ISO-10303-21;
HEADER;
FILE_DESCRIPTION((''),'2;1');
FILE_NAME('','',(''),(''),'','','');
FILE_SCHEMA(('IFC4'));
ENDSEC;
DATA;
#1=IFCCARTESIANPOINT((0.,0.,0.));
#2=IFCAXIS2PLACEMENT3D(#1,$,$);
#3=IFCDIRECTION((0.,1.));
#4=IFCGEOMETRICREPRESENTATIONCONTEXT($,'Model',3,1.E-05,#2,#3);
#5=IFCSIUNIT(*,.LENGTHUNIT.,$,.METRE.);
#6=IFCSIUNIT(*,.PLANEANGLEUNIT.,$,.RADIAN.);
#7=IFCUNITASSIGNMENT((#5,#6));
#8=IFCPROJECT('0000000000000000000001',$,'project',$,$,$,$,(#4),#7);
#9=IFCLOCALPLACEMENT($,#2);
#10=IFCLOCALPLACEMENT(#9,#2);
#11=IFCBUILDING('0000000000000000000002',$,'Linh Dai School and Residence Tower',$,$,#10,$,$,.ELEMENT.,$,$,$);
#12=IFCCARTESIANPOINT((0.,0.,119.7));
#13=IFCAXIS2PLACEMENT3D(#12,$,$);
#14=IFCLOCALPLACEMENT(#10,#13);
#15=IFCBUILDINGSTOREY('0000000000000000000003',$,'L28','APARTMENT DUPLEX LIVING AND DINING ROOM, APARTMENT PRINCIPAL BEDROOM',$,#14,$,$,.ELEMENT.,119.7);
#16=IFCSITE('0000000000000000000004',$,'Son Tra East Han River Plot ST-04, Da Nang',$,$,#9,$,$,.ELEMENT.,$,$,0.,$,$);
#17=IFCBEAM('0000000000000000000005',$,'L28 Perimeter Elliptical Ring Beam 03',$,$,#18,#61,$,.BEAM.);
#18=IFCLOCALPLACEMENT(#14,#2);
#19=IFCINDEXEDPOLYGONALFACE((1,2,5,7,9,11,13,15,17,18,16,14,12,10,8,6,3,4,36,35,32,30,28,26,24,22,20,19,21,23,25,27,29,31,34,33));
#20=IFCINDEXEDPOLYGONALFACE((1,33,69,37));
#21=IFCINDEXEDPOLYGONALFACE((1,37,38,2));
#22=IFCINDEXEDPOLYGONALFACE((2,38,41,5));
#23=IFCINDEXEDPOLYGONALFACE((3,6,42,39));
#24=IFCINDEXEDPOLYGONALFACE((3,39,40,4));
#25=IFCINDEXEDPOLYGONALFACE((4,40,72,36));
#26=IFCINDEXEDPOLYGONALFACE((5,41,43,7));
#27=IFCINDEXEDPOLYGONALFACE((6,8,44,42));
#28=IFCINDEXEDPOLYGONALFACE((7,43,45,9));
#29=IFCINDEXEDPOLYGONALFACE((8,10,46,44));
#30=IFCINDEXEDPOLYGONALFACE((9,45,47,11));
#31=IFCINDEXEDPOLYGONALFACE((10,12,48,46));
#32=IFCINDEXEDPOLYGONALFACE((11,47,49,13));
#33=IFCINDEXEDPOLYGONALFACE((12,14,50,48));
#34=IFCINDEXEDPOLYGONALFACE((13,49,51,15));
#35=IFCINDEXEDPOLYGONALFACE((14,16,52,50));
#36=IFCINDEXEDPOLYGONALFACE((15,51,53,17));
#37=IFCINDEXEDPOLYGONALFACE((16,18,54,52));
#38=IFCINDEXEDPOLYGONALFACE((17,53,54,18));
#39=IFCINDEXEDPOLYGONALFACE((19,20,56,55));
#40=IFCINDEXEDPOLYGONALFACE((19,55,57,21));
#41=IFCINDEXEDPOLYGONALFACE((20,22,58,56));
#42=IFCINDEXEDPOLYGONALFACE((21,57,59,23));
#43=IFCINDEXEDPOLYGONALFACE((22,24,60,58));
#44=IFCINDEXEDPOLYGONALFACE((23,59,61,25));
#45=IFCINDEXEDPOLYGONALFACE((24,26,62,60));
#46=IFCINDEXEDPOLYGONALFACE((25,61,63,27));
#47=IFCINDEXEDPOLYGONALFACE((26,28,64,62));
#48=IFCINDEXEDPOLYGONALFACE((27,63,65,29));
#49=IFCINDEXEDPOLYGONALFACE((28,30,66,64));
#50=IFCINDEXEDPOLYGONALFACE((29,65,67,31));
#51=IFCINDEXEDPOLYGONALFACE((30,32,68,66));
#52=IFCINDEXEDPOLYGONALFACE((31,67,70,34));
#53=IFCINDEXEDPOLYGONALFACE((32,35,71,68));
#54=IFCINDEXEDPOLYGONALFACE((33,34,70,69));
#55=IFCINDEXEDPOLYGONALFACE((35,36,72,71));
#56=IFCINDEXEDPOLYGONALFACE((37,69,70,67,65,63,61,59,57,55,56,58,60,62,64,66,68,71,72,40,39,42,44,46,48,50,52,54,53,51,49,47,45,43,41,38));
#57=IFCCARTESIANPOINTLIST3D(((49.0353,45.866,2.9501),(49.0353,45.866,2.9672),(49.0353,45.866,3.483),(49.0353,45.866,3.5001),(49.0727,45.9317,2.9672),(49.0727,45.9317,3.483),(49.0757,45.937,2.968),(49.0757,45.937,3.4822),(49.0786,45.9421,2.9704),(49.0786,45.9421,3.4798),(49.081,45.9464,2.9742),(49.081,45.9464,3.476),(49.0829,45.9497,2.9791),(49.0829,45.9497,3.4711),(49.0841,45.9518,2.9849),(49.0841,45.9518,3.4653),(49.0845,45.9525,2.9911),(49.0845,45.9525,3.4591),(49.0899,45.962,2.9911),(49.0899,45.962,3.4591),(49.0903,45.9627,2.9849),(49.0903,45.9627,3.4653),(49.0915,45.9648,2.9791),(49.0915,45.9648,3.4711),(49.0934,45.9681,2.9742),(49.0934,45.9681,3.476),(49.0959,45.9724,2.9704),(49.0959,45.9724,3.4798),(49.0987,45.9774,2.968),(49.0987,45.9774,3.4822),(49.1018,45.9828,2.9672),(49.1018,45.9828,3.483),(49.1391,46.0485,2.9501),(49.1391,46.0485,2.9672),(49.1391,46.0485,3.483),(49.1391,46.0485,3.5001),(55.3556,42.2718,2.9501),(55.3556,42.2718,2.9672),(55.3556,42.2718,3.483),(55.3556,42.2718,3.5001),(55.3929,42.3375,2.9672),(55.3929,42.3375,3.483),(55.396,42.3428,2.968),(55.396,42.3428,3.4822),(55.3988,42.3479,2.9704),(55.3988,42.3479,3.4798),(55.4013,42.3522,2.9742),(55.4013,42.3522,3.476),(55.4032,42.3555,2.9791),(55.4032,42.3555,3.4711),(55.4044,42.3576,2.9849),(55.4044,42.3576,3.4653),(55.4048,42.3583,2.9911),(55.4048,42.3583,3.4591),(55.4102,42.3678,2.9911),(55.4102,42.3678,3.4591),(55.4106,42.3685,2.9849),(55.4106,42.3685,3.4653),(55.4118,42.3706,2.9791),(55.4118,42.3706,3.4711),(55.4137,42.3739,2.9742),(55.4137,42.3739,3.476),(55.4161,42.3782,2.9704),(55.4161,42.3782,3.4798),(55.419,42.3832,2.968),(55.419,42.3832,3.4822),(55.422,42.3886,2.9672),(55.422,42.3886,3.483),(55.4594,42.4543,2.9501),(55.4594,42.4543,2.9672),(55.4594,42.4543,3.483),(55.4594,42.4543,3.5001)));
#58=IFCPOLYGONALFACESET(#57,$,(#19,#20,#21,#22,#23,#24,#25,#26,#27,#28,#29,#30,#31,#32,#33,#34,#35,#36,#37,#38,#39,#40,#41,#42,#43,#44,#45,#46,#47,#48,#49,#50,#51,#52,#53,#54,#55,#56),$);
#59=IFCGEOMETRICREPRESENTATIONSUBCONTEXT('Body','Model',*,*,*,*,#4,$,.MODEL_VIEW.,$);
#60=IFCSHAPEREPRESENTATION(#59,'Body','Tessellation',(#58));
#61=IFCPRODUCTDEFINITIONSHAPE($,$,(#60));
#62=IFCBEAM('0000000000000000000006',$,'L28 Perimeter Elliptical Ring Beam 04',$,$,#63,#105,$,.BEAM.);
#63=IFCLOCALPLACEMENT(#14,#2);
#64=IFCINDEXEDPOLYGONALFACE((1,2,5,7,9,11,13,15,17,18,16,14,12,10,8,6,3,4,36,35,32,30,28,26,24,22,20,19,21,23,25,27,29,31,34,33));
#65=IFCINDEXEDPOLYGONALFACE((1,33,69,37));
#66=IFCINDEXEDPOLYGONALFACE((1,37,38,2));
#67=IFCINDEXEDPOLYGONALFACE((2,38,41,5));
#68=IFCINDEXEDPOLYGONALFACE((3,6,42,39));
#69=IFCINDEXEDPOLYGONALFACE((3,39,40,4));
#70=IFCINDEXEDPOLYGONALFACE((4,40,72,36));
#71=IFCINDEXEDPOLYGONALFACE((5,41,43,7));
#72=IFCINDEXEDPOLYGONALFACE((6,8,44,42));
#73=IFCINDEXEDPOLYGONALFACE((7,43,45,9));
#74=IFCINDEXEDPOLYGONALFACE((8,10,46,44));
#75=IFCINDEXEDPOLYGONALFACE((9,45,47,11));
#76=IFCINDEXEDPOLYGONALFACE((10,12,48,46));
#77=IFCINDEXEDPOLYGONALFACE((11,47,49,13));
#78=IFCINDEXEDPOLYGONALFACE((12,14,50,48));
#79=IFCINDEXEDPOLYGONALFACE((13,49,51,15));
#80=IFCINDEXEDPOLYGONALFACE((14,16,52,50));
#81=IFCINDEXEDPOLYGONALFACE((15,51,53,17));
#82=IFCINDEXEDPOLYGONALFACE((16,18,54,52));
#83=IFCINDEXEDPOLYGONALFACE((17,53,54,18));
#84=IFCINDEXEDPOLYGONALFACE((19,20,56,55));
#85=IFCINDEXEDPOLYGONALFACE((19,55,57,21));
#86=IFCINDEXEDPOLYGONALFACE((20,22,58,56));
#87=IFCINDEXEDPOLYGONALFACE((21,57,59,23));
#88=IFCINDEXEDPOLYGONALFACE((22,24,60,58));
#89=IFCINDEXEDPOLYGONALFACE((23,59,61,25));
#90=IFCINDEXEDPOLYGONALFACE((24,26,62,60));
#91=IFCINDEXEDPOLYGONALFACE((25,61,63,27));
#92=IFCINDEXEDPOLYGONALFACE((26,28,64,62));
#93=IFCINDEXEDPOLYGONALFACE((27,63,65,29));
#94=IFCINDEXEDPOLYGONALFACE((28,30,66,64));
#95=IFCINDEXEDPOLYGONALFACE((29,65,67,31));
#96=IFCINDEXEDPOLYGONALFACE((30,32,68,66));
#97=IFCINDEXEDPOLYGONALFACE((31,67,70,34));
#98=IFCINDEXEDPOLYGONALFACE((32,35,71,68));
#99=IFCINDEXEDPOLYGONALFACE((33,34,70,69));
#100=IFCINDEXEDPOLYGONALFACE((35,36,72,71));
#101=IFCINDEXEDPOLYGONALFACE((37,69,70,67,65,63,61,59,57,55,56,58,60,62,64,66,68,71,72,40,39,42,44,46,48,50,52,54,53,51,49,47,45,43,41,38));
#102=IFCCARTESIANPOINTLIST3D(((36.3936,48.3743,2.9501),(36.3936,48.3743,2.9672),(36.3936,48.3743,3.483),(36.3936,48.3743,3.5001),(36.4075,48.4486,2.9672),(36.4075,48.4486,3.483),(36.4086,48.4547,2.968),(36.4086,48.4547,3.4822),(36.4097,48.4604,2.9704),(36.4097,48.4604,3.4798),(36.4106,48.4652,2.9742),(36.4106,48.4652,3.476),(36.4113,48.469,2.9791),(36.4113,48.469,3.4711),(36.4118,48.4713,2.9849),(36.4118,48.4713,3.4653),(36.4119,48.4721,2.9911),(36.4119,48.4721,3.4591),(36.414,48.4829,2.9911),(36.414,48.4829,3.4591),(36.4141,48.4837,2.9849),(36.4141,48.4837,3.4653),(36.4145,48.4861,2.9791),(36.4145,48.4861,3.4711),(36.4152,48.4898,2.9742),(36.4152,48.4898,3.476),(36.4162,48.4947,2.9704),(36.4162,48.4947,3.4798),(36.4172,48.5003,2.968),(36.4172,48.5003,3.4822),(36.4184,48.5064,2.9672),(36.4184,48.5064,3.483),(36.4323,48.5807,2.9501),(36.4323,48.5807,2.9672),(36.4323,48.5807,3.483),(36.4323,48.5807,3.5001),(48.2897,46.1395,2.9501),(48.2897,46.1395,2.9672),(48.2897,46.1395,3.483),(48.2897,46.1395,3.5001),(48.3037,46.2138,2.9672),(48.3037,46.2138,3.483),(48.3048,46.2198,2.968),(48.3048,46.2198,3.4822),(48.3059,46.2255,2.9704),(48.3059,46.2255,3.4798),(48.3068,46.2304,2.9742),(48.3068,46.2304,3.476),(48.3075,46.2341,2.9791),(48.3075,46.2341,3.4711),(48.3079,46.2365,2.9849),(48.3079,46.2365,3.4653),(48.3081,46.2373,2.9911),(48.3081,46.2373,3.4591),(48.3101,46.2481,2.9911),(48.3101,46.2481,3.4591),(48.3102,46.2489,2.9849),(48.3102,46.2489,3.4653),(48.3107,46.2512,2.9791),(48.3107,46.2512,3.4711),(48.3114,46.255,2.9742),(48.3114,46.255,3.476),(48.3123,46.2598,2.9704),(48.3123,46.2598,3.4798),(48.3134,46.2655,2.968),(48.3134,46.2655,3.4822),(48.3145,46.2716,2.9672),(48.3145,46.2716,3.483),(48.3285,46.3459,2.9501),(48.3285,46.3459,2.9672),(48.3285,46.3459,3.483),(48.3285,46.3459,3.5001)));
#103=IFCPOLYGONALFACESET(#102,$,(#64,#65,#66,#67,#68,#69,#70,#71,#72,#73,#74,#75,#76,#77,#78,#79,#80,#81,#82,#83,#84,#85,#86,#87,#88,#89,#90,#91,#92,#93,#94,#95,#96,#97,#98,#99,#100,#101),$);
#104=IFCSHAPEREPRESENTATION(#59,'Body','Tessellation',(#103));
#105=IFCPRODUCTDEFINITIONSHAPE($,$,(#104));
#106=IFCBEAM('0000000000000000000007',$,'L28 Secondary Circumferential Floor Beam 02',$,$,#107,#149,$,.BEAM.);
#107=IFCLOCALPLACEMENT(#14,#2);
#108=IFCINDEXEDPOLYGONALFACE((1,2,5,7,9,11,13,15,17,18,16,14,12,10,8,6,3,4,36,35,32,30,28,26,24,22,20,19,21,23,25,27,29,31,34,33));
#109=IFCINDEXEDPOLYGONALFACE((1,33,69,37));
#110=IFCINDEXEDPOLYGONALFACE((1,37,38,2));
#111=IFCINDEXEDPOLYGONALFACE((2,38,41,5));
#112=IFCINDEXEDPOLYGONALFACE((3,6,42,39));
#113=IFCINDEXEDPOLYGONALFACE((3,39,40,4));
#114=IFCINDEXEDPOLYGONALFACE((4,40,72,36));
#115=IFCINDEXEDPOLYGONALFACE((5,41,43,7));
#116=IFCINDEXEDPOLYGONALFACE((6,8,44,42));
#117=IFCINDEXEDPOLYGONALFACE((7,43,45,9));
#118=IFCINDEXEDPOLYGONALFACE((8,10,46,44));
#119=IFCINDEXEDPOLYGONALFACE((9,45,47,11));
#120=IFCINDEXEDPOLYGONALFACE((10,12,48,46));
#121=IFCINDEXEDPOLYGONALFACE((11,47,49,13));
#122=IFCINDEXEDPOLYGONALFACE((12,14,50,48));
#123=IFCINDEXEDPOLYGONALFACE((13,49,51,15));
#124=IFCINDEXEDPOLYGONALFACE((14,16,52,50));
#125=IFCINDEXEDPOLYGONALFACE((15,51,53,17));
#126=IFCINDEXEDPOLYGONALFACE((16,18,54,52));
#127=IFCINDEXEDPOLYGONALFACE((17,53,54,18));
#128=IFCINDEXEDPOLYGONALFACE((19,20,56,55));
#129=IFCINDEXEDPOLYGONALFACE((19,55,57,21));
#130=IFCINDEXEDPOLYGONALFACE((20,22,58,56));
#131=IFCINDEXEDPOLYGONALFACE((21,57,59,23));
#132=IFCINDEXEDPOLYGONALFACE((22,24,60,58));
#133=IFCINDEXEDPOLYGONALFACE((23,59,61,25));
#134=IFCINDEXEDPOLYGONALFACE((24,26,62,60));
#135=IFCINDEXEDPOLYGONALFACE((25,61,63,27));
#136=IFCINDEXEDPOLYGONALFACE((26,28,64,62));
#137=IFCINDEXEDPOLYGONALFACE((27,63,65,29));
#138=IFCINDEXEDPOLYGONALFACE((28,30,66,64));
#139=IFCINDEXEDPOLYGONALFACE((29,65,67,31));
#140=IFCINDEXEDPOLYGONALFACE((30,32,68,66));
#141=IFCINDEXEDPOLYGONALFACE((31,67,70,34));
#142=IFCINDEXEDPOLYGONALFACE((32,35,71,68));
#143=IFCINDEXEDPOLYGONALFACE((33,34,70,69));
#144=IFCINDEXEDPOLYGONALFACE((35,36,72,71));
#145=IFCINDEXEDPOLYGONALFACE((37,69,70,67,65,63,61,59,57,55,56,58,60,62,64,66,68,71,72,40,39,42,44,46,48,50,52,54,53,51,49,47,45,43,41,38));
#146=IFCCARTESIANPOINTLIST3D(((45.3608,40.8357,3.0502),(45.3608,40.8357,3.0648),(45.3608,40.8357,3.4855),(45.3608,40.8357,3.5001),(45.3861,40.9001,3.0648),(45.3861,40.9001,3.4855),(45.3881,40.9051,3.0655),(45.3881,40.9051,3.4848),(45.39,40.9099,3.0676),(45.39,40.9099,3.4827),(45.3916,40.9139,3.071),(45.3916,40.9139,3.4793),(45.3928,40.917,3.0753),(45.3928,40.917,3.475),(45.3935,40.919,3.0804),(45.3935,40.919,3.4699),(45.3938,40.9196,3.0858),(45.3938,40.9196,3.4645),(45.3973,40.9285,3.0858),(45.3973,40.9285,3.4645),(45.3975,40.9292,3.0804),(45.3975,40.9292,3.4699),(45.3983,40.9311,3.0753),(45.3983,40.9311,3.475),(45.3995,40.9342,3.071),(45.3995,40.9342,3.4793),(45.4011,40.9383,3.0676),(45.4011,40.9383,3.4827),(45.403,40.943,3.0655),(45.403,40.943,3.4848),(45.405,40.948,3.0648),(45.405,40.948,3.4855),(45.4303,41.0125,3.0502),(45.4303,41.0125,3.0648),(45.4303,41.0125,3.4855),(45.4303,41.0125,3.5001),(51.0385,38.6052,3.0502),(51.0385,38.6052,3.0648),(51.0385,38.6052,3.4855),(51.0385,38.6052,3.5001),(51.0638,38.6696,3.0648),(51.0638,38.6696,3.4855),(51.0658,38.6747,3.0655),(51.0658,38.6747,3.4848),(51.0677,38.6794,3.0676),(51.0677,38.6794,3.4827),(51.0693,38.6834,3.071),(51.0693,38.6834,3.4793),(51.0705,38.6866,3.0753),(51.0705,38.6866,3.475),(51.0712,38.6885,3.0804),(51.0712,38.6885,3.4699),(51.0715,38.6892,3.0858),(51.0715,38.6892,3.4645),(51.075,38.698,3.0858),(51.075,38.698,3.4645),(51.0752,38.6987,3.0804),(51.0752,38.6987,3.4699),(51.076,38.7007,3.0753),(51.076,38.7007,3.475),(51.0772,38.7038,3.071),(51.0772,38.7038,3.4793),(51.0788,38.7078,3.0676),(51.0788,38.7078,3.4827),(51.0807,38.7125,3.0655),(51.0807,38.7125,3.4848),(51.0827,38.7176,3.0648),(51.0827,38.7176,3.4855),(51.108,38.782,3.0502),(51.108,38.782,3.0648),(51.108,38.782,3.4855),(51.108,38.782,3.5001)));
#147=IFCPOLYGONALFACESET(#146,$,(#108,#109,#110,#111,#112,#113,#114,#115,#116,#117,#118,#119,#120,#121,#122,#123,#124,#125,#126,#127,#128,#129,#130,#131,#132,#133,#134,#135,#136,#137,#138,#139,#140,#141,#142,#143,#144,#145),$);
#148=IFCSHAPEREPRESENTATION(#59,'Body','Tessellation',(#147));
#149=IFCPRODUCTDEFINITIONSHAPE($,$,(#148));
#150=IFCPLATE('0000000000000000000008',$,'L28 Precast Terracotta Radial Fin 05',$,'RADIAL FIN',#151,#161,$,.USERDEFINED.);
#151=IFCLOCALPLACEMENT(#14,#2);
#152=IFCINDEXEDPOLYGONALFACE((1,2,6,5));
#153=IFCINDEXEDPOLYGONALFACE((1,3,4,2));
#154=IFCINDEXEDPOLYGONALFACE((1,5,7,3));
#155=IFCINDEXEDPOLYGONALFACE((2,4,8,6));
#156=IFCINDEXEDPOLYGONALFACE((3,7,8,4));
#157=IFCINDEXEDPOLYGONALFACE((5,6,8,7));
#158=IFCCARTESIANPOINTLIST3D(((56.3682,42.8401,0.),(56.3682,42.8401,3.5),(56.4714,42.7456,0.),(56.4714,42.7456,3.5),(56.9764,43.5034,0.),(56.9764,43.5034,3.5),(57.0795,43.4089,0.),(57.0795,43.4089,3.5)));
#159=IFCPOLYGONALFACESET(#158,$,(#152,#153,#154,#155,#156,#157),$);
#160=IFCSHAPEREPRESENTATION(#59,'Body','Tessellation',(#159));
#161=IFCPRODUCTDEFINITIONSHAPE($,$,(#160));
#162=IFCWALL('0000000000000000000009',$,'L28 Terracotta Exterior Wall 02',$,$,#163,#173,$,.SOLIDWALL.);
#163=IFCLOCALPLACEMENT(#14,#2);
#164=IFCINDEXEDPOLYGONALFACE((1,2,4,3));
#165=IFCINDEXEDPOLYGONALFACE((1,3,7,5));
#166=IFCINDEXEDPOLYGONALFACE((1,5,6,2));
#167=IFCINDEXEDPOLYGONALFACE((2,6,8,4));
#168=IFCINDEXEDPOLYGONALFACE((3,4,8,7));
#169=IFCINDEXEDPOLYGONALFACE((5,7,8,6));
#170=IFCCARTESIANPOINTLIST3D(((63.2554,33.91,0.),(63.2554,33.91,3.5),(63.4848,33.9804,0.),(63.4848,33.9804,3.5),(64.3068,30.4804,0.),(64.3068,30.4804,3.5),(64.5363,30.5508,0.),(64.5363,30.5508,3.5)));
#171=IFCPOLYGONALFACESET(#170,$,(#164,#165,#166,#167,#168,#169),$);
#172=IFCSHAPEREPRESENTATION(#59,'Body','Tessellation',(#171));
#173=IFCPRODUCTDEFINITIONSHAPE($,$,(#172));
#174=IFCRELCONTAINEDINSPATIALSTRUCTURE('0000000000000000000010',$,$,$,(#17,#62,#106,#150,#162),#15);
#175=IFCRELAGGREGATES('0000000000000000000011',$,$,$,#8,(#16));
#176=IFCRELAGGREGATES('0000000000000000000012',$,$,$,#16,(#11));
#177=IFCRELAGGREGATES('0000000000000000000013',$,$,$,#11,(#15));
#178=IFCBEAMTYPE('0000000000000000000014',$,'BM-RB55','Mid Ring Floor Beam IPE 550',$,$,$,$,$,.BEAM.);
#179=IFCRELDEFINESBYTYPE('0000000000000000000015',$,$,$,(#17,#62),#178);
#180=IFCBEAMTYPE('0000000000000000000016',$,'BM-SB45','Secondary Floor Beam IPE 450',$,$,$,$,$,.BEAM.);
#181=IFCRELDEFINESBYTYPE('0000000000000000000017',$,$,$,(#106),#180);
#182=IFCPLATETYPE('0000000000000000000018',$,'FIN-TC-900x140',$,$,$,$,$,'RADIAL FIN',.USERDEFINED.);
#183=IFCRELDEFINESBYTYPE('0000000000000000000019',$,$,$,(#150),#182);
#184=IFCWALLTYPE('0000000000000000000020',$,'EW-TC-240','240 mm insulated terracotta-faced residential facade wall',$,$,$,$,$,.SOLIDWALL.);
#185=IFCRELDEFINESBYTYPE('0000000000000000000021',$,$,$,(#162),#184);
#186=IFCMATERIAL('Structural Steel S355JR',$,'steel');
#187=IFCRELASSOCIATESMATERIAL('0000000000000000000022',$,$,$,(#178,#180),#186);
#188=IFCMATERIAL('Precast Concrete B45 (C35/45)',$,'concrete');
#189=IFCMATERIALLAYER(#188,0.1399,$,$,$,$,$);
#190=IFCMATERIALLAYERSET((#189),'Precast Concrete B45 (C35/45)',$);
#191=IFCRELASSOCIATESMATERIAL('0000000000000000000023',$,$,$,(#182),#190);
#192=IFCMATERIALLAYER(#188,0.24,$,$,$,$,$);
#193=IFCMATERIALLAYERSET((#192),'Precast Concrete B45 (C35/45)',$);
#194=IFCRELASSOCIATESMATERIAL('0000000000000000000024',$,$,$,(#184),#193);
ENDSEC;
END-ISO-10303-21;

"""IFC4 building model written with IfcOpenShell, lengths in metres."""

from ifc_helpers import new_model, si_unit, direction, frame, frame_2d, origin, origin_2d, place, context, subcontext, project, spatial, rectangle, i_section, extrude, source, transform, mapped, material, layer, layer_set, material_profile, profile_set, type_object, element, save


model = new_model("IFC4")

# Units and contexts
model_context = context("Model", 3, precision=1e-05, world=origin(), true_north=direction((0.0, 1.0)))
body_context = subcontext(model_context, "Body", "Model", "MODEL_VIEW")
ifc_project = project(units=[si_unit("LENGTHUNIT", "METRE"), si_unit("PLANEANGLEUNIT", "RADIAN")], contexts=[model_context])

# Site, building, storey
site_placement = place(None, origin())
site = spatial("IfcSite", under=ifc_project, at=site_placement, Name="Son Tra East Han River Plot ST-04, Da Nang", CompositionType="ELEMENT", RefElevation=0.0)
building_placement = place(site_placement, origin())
building = spatial("IfcBuilding", under=site, at=building_placement, Name="Linh Dai School and Residence Tower", CompositionType="ELEMENT")
storey_placement = place(building_placement, frame((0.0, 0.0, 119.7)))
storey = spatial("IfcBuildingStorey", under=building, at=storey_placement, Name="L28", Description="APARTMENT DUPLEX LIVING AND DINING ROOM, APARTMENT PRINCIPAL BEDROOM", CompositionType="ELEMENT", Elevation=119.7)

# Shared definitions
ifc_material_1 = material(Name="Structural Steel S355JR", Category="steel")

# Beams
ifc_material_profile_1 = material_profile(ifc_material_1, i_section(OverallWidth=0.21, OverallDepth=0.55, WebThickness=0.011, FlangeThickness=0.0171, FilletRadius=0.0239, at=origin_2d()), Name="IPE 550")
ifc_profile_set_1 = profile_set([ifc_material_profile_1], Name="Structural Steel S355JR")
beam_type_1 = type_object("IfcBeamType", Name="BM-RB55", Description="Mid Ring Floor Beam IPE 550", PredefinedType="BEAM", material=ifc_profile_set_1)
beam_1_placement = place(storey_placement, frame((55.4075, 42.363, 3.2251), z_axis=(-0.86927, 0.494337, 0.0), x_axis=(-0.494337, -0.86927, 0.0)))
element("IfcBeam", 1, at=beam_1_placement, inside=storey, type_object=beam_type_1, Name="L28 Perimeter Elliptical Ring Beam 03", PredefinedType="BEAM", context=body_context, shape_type="SweptSolid", body=[
    extrude(i_section(OverallWidth=0.21, OverallDepth=0.55, WebThickness=0.011, FlangeThickness=0.0171, FilletRadius=0.0239, at=origin_2d()), origin(), (0.0, 0.0, 1.0), 7.2708),
])
beam_2_placement = place(storey_placement, frame((48.3091, 46.2427, 3.2251), z_axis=(-0.982808, 0.184633, 0.0), x_axis=(-0.184633, -0.982808, 0.0)))
element("IfcBeam", 2, at=beam_2_placement, inside=storey, type_object=beam_type_1, Name="L28 Perimeter Elliptical Ring Beam 04", PredefinedType="BEAM", context=body_context, shape_type="SweptSolid", body=[
    extrude(i_section(OverallWidth=0.21, OverallDepth=0.55, WebThickness=0.011, FlangeThickness=0.0171, FilletRadius=0.0239, at=origin_2d()), origin(), (0.0, 0.0, 1.0), 12.1042),
])
ifc_material_profile_2 = material_profile(ifc_material_1, i_section(OverallWidth=0.1899, OverallDepth=0.45, WebThickness=0.0095, FlangeThickness=0.0146, FilletRadius=0.021, at=origin_2d()), Name="IPE 450")
ifc_profile_set_2 = profile_set([ifc_material_profile_2], Name="Structural Steel S355JR")
beam_type_2 = type_object("IfcBeamType", Name="BM-SB45", Description="Secondary Floor Beam IPE 450", PredefinedType="BEAM", material=ifc_profile_set_2)
beam_3_placement = place(storey_placement, frame((51.0732, 38.6936, 3.2751), z_axis=(-0.930755, 0.365642, 0.0), x_axis=(-0.365642, -0.930755, 0.0)))
element("IfcBeam", 3, at=beam_3_placement, inside=storey, type_object=beam_type_2, Name="L28 Secondary Circumferential Floor Beam 02", PredefinedType="BEAM", context=body_context, shape_type="SweptSolid", body=[
    extrude(i_section(OverallWidth=0.1899, OverallDepth=0.45, WebThickness=0.0095, FlangeThickness=0.0146, FilletRadius=0.021, at=origin_2d()), origin(), (0.0, 0.0, 1.0), 6.1001),
])

# Plate
ifc_material_2 = material(Name="Precast Concrete B45 (C35/45)", Category="concrete")
ifc_layer_1 = layer(ifc_material_2, 0.1399)
ifc_layer_set_1 = layer_set([ifc_layer_1], Name="Precast Concrete B45 (C35/45)")
plate_type = type_object("IfcPlateType", Name="FIN-TC-900x140", ElementType="RADIAL FIN", PredefinedType="USERDEFINED", material=ifc_layer_set_1)
shared_shape_1 = source(origin(), body_context, "Body", "SweptSolid", [
    extrude(rectangle(XDim=0.8999, YDim=0.1399, at=origin_2d()), origin(), (0.0, 0.0, 1.0), 3.5),
])
plate_placement = place(storey_placement, frame((56.7239, 43.1245, 0.0), z_axis=(0.0, 0.0, 1.0), x_axis=(0.675783, 0.7371, 0.0)))
element("IfcPlate", 4, at=plate_placement, inside=storey, type_object=plate_type, Name="L28 Precast Terracotta Radial Fin 05", ObjectType="RADIAL FIN", PredefinedType="USERDEFINED", context=body_context, shape_type="MappedRepresentation", body=[
    mapped(shared_shape_1, transform((0.0, 0.0, 0.0), x_axis=(1.0, 0.0, 0.0), y_axis=(0.0, 1.0, 0.0), z_axis=(0.0, 0.0, 1.0), scale=1.0)),
])

# Wall
ifc_layer_2 = layer(ifc_material_2, 0.24)
ifc_layer_set_2 = layer_set([ifc_layer_2], Name="Precast Concrete B45 (C35/45)")
wall_type_1 = type_object("IfcWallType", Name="EW-TC-240", Description="240 mm insulated terracotta-faced residential facade wall", PredefinedType="SOLIDWALL", material=ifc_layer_set_2)
wall_1_placement = place(storey_placement, frame((63.3701, 33.9451, 0.0), z_axis=(0.0, 0.0, 1.0), x_axis=(0.293124, -0.956074, 0.0)))
element("IfcWall", 5, at=wall_1_placement, inside=storey, type_object=wall_type_1, Name="L28 Terracotta Exterior Wall 02", PredefinedType="SOLIDWALL", context=body_context, shape_type="SweptSolid", body=[
    extrude(rectangle(XDim=3.5872, YDim=0.24, at=frame_2d((1.7935, 0.0))), origin(), (0.0, 0.0, 1.0), 3.5),
])

save(model, "model.ifc")
